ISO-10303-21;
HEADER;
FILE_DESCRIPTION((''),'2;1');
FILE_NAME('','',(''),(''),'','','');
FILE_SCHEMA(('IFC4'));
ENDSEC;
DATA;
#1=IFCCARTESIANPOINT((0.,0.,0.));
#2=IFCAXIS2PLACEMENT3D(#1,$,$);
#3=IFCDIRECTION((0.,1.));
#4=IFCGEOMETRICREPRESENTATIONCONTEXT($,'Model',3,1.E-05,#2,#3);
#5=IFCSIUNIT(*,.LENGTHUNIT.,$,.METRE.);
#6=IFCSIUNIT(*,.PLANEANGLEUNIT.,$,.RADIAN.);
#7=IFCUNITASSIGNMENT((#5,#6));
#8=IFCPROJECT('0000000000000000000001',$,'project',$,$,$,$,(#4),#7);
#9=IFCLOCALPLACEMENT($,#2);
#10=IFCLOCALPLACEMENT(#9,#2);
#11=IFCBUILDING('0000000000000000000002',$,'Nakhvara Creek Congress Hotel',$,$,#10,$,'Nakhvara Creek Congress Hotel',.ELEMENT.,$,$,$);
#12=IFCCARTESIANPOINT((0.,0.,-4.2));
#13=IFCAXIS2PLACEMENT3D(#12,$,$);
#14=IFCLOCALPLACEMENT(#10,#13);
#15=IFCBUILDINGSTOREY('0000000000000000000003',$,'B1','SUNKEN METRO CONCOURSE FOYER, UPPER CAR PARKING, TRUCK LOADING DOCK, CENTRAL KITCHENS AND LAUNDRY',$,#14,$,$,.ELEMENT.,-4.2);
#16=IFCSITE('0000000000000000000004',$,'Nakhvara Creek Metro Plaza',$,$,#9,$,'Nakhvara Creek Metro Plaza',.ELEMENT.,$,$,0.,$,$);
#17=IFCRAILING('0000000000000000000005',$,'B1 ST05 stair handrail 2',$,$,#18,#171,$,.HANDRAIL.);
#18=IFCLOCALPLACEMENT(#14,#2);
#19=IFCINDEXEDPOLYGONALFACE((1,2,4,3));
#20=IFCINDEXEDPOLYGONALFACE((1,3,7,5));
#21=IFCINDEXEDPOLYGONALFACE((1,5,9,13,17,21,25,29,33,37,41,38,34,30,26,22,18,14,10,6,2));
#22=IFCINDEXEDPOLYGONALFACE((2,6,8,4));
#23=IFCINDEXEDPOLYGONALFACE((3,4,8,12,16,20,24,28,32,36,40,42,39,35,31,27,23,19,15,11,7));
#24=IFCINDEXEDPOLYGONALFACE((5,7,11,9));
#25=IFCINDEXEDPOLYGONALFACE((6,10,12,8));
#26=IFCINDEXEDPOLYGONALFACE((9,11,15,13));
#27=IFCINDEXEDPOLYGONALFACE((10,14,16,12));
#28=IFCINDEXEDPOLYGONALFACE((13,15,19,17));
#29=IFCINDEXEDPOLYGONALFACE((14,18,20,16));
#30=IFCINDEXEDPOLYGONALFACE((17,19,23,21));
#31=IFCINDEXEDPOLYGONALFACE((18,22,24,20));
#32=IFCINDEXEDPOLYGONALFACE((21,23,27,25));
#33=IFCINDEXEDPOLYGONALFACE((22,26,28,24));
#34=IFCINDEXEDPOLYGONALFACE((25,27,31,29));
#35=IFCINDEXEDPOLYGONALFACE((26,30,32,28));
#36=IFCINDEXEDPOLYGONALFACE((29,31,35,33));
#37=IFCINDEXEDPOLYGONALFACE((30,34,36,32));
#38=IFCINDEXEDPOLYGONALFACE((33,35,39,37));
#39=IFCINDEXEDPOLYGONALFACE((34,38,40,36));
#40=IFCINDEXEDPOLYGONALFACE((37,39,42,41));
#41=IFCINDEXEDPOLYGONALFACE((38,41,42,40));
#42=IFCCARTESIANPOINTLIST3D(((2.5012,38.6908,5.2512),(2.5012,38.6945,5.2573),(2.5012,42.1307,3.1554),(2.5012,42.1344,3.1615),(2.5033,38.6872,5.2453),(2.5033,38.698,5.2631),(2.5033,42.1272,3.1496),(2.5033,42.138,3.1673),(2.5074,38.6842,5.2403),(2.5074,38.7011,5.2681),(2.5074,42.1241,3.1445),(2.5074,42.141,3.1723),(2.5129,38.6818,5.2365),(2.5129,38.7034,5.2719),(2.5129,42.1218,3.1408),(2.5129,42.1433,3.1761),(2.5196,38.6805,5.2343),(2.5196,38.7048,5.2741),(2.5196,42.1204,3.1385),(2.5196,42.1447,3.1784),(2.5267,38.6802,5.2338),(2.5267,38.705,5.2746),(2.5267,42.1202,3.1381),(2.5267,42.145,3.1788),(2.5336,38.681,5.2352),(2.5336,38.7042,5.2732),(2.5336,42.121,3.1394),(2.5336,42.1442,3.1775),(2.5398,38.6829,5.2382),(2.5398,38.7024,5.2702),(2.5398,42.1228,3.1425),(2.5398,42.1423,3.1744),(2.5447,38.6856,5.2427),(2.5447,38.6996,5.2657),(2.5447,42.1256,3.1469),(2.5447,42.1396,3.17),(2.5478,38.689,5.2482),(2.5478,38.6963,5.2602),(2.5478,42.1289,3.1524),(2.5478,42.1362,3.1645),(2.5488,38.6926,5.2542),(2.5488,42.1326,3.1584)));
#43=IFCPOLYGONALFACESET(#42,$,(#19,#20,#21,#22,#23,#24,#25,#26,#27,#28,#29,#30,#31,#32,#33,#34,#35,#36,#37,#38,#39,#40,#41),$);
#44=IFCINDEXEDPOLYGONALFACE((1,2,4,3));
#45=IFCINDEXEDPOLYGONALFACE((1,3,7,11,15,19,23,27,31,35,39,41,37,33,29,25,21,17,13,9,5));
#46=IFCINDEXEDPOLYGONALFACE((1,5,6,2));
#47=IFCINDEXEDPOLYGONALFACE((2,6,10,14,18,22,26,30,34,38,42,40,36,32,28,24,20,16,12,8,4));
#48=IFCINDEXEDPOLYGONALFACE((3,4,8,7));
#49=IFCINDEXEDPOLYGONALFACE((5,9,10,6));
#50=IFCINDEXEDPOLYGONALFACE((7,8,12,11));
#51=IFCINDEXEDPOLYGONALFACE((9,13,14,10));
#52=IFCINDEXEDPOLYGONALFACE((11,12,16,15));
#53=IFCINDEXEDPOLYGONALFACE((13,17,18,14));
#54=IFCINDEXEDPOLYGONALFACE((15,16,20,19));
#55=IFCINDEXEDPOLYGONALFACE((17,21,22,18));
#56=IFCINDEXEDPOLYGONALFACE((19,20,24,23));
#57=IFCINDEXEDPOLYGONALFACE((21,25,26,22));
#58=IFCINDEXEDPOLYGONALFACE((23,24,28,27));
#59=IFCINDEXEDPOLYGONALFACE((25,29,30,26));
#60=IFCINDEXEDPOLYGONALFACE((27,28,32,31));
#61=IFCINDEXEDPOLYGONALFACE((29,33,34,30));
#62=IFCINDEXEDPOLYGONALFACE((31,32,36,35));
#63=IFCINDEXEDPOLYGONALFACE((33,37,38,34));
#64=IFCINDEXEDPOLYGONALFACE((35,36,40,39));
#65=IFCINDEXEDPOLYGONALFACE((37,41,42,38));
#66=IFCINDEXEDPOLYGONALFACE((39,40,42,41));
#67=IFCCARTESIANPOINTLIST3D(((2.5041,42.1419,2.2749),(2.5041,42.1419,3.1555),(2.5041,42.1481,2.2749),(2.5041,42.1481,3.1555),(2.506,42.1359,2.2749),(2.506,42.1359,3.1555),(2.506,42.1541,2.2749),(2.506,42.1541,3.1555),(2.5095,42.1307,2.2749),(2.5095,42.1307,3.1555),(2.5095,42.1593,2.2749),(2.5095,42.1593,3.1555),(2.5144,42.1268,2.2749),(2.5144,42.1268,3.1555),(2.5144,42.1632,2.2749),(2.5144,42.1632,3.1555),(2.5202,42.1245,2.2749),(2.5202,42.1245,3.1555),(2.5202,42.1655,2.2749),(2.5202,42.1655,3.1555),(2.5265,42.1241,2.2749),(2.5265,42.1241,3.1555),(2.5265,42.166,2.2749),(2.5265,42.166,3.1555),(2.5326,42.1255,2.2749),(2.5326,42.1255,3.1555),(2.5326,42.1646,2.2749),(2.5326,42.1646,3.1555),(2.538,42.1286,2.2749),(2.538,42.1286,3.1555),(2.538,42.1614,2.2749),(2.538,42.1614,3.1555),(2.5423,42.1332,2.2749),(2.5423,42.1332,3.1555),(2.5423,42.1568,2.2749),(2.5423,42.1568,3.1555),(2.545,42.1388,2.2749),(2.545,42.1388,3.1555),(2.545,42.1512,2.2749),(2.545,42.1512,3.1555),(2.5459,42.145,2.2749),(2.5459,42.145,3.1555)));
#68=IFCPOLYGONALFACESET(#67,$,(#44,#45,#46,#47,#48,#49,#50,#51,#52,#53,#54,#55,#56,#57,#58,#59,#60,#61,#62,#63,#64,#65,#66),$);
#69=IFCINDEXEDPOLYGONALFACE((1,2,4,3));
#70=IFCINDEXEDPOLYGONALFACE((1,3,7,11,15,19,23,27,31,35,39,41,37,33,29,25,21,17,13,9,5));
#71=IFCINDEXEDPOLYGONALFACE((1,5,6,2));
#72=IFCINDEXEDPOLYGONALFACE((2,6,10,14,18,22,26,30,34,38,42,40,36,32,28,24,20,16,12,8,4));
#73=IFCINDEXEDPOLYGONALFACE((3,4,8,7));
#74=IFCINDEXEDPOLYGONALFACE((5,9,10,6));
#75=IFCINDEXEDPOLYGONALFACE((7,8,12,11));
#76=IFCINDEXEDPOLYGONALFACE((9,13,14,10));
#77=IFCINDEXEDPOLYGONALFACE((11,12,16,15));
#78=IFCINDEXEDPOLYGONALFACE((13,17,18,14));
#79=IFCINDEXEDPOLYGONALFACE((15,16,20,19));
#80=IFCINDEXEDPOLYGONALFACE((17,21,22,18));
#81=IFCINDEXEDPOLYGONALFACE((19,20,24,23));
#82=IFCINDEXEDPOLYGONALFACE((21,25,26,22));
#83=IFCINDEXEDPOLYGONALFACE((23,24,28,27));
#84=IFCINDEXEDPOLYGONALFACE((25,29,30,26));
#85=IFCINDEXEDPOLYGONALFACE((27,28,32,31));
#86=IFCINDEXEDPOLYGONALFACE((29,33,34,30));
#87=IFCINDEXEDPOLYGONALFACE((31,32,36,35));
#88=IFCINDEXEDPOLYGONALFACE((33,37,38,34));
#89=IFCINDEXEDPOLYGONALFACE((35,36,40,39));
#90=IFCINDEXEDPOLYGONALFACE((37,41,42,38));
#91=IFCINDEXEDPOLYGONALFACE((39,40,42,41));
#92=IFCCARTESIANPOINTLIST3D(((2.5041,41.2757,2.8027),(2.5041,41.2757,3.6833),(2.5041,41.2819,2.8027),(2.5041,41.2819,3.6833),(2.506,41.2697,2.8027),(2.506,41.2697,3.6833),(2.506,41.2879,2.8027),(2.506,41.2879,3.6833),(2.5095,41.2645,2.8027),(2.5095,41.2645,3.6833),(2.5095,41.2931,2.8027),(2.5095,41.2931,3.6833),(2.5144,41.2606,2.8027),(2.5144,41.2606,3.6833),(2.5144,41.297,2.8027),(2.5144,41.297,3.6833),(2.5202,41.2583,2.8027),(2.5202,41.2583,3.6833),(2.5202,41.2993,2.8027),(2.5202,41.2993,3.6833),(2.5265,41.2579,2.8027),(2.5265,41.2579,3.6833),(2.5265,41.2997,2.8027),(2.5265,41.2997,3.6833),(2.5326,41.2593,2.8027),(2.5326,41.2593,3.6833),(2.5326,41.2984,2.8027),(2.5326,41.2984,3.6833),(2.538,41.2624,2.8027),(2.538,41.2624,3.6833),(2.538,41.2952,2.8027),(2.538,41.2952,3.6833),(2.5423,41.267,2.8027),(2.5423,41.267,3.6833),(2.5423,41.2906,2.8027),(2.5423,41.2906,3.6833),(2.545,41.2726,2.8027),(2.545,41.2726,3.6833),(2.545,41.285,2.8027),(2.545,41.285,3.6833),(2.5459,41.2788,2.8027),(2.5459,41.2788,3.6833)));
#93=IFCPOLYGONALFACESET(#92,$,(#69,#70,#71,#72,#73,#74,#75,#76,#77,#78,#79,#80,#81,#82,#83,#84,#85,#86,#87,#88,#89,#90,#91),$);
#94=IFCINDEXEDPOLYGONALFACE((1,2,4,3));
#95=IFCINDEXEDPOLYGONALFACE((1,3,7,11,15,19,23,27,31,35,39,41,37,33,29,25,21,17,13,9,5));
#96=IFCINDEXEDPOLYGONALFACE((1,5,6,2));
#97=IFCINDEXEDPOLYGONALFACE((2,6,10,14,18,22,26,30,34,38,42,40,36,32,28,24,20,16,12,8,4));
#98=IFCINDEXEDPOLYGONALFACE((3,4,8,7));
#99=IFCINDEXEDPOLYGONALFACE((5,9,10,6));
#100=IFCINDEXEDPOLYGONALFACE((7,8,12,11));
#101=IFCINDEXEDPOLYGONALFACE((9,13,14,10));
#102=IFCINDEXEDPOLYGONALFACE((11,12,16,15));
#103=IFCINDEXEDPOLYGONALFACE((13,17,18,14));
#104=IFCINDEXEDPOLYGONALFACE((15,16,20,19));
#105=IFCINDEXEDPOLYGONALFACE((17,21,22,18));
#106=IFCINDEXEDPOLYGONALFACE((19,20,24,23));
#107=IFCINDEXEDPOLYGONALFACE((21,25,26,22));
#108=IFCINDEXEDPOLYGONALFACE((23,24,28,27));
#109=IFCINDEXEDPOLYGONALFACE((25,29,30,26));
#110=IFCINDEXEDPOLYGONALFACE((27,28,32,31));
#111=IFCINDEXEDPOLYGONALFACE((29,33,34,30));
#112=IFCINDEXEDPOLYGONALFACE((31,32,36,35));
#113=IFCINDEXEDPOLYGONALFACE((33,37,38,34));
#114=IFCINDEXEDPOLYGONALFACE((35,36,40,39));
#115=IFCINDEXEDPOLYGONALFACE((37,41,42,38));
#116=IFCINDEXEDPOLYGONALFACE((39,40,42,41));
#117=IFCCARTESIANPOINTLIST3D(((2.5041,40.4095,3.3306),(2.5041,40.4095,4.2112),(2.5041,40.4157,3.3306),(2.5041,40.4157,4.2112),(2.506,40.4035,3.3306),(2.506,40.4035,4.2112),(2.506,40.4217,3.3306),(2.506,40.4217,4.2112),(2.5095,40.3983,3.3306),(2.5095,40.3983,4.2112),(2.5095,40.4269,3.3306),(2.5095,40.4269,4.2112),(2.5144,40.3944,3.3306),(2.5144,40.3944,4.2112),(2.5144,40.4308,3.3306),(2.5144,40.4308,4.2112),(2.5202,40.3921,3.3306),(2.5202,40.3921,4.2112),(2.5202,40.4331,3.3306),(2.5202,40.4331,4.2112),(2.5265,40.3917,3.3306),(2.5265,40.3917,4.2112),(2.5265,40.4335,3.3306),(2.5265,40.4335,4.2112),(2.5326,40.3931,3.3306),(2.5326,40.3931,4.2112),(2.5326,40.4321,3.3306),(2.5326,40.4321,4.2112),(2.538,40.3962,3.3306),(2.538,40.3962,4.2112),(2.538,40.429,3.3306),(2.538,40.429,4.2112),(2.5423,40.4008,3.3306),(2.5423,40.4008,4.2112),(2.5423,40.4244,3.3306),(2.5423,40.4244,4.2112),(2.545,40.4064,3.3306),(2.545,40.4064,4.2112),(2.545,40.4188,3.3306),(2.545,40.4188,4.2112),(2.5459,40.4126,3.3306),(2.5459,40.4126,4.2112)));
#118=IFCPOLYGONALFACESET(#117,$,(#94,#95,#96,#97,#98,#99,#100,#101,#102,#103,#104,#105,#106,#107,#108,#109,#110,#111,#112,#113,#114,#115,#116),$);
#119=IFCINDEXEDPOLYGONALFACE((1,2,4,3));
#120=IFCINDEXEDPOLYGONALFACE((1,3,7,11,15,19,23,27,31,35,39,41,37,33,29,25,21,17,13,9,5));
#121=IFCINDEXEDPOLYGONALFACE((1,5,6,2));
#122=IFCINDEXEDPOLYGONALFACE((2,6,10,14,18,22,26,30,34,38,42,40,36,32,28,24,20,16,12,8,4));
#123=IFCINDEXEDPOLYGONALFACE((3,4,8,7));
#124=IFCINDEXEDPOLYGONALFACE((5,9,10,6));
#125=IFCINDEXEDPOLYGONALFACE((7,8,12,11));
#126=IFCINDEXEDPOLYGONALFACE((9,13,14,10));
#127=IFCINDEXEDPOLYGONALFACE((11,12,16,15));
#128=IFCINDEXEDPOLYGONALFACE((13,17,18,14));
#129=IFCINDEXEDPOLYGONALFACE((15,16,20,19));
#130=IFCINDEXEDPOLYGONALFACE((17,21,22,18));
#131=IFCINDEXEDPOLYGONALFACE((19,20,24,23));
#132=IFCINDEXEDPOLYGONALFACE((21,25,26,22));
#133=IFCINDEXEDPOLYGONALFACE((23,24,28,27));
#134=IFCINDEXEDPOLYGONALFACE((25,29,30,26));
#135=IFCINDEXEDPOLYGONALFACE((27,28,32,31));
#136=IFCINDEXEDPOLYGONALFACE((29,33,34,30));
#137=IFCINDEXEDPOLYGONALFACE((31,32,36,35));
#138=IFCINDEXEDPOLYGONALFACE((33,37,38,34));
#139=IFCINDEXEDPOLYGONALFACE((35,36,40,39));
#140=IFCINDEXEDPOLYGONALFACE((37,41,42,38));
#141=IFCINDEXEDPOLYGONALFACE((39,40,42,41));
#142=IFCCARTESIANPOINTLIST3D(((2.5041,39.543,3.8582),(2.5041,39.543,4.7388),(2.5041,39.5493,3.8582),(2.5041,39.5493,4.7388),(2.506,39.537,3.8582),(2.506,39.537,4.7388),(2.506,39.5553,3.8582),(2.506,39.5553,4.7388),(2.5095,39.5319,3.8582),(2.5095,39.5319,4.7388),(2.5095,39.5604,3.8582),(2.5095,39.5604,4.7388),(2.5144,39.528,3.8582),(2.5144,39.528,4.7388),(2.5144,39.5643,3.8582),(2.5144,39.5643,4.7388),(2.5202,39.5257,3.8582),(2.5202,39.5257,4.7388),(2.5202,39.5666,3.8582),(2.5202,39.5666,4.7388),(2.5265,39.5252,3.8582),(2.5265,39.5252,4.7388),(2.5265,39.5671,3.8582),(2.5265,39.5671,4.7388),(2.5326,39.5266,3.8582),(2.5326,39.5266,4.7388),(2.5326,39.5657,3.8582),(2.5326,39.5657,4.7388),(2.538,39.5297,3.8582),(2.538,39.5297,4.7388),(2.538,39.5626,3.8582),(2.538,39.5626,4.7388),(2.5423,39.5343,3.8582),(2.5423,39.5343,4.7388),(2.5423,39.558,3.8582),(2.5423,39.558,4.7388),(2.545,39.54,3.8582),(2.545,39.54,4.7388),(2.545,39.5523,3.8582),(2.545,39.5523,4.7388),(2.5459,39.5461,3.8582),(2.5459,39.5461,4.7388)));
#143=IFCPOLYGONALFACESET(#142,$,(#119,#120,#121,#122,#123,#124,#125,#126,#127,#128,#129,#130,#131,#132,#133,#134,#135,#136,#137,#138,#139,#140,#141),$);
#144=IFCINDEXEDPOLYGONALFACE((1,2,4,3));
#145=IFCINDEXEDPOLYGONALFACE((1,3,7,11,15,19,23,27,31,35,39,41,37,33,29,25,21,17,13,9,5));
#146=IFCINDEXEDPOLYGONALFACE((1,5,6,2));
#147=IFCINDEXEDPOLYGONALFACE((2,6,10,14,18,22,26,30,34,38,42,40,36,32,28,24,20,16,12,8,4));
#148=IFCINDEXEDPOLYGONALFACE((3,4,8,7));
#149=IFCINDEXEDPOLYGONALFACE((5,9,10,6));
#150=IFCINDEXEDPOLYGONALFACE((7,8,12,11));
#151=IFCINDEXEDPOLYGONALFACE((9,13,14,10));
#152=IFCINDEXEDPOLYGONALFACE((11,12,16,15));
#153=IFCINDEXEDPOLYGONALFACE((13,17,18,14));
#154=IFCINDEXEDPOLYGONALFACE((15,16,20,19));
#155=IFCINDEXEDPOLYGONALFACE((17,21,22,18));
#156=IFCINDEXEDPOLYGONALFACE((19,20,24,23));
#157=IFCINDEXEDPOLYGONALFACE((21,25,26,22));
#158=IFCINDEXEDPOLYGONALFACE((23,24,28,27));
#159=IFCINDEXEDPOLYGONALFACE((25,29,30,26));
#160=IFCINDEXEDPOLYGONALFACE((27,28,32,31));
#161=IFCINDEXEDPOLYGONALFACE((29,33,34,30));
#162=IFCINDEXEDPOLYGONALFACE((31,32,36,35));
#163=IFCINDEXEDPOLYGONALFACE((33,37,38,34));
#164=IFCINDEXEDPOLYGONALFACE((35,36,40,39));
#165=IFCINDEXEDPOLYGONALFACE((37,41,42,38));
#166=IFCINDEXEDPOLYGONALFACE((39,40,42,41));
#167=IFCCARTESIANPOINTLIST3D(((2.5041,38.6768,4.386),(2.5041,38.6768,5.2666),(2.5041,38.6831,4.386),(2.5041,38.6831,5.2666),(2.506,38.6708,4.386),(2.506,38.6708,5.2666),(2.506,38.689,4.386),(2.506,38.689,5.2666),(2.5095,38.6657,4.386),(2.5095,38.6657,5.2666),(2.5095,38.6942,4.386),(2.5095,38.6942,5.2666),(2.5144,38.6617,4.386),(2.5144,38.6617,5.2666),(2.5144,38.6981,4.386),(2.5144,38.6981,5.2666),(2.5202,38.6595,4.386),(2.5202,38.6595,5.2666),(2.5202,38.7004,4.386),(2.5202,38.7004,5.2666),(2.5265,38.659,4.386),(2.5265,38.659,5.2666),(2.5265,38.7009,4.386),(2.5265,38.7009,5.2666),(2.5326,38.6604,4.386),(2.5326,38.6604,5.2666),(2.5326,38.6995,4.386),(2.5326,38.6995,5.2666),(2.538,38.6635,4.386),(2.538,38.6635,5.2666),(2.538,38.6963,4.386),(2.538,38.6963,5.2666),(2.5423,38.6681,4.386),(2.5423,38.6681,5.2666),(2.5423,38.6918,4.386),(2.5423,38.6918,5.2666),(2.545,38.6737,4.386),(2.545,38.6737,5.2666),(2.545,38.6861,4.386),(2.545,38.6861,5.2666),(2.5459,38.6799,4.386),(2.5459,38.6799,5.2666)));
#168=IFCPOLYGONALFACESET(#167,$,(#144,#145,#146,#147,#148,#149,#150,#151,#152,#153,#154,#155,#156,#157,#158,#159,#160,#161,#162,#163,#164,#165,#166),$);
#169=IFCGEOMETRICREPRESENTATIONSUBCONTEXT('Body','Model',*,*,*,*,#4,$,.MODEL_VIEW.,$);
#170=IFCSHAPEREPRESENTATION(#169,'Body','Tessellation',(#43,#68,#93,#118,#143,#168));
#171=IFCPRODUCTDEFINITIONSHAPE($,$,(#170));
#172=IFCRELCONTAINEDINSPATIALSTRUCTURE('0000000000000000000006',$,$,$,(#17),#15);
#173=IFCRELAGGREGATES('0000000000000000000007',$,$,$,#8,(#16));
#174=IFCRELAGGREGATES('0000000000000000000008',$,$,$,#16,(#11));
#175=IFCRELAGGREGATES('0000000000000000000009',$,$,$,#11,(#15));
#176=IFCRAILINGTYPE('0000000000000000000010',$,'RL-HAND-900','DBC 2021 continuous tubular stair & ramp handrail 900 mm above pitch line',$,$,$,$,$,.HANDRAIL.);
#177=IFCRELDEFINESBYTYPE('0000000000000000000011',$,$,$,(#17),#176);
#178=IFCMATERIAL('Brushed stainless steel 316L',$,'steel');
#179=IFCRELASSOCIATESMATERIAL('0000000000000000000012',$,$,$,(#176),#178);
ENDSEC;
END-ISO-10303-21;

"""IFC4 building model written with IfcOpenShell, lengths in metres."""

from ifc_helpers import new_model, si_unit, direction, frame, origin, origin_2d, place, context, subcontext, project, spatial, circle, extrude, material, type_object, element, save


model = new_model("IFC4")

# Units and contexts
model_context = context("Model", 3, precision=1e-05, world=origin(), true_north=direction((0.0, 1.0)))
body_context = subcontext(model_context, "Body", "Model", "MODEL_VIEW")
ifc_project = project(units=[si_unit("LENGTHUNIT", "METRE"), si_unit("PLANEANGLEUNIT", "RADIAN")], contexts=[model_context])

# Site, building, storey
site_placement = place(None, origin())
site = spatial("IfcSite", under=ifc_project, at=site_placement, Name="Nakhvara Creek Metro Plaza", LongName="Nakhvara Creek Metro Plaza", CompositionType="ELEMENT", RefElevation=0.0)
building_placement = place(site_placement, origin())
building = spatial("IfcBuilding", under=site, at=building_placement, Name="Nakhvara Creek Congress Hotel", LongName="Nakhvara Creek Congress Hotel", CompositionType="ELEMENT")
storey_placement = place(building_placement, frame((0.0, 0.0, -4.2)))
storey = spatial("IfcBuildingStorey", under=building, at=storey_placement, Name="B1", Description="SUNKEN METRO CONCOURSE FOYER, UPPER CAR PARKING, TRUCK LOADING DOCK, CENTRAL KITCHENS AND LAUNDRY", CompositionType="ELEMENT", Elevation=-4.2)

# Railing
ifc_material_1 = material(Name="Brushed stainless steel 316L", Category="steel")
railing_type_1 = type_object("IfcRailingType", Name="RL-HAND-900", Description="DBC 2021 continuous tubular stair & ramp handrail 900 mm above pitch line", PredefinedType="HANDRAIL", material=ifc_material_1)
railing_1_placement = place(storey_placement, frame((2.5249, 42.145, 2.2749)))
element("IfcRailing", 1, at=railing_1_placement, inside=storey, type_object=railing_type_1, Name="B1 ST05 stair handrail 2", PredefinedType="HANDRAIL", context=body_context, shape_type="SweptSolid", body=[
    extrude(circle(Radius=0.0239, at=origin_2d()), frame((0.0, -0.0125, 0.8835), z_axis=(0.0, -0.853991, 0.520289), x_axis=(1.0, 0.0, 0.0)), (0.0, 0.0, 1.0), 4.0281),
    extrude(circle(Radius=0.021, at=origin_2d()), origin(), (0.0, 0.0, 1.0), 0.8806),
    extrude(circle(Radius=0.021, at=origin_2d()), frame((0.0, -0.8662, 0.5278)), (0.0, 0.0, 1.0), 0.8806),
    extrude(circle(Radius=0.021, at=origin_2d()), frame((0.0, -1.7324, 1.0557)), (0.0, 0.0, 1.0), 0.8806),
    extrude(circle(Radius=0.021, at=origin_2d()), frame((0.0, -2.5989, 1.5833)), (0.0, 0.0, 1.0), 0.8806),
    extrude(circle(Radius=0.021, at=origin_2d()), frame((0.0, -3.4651, 2.1111)), (0.0, 0.0, 1.0), 0.8806),
])

save(model, "model.ifc")
